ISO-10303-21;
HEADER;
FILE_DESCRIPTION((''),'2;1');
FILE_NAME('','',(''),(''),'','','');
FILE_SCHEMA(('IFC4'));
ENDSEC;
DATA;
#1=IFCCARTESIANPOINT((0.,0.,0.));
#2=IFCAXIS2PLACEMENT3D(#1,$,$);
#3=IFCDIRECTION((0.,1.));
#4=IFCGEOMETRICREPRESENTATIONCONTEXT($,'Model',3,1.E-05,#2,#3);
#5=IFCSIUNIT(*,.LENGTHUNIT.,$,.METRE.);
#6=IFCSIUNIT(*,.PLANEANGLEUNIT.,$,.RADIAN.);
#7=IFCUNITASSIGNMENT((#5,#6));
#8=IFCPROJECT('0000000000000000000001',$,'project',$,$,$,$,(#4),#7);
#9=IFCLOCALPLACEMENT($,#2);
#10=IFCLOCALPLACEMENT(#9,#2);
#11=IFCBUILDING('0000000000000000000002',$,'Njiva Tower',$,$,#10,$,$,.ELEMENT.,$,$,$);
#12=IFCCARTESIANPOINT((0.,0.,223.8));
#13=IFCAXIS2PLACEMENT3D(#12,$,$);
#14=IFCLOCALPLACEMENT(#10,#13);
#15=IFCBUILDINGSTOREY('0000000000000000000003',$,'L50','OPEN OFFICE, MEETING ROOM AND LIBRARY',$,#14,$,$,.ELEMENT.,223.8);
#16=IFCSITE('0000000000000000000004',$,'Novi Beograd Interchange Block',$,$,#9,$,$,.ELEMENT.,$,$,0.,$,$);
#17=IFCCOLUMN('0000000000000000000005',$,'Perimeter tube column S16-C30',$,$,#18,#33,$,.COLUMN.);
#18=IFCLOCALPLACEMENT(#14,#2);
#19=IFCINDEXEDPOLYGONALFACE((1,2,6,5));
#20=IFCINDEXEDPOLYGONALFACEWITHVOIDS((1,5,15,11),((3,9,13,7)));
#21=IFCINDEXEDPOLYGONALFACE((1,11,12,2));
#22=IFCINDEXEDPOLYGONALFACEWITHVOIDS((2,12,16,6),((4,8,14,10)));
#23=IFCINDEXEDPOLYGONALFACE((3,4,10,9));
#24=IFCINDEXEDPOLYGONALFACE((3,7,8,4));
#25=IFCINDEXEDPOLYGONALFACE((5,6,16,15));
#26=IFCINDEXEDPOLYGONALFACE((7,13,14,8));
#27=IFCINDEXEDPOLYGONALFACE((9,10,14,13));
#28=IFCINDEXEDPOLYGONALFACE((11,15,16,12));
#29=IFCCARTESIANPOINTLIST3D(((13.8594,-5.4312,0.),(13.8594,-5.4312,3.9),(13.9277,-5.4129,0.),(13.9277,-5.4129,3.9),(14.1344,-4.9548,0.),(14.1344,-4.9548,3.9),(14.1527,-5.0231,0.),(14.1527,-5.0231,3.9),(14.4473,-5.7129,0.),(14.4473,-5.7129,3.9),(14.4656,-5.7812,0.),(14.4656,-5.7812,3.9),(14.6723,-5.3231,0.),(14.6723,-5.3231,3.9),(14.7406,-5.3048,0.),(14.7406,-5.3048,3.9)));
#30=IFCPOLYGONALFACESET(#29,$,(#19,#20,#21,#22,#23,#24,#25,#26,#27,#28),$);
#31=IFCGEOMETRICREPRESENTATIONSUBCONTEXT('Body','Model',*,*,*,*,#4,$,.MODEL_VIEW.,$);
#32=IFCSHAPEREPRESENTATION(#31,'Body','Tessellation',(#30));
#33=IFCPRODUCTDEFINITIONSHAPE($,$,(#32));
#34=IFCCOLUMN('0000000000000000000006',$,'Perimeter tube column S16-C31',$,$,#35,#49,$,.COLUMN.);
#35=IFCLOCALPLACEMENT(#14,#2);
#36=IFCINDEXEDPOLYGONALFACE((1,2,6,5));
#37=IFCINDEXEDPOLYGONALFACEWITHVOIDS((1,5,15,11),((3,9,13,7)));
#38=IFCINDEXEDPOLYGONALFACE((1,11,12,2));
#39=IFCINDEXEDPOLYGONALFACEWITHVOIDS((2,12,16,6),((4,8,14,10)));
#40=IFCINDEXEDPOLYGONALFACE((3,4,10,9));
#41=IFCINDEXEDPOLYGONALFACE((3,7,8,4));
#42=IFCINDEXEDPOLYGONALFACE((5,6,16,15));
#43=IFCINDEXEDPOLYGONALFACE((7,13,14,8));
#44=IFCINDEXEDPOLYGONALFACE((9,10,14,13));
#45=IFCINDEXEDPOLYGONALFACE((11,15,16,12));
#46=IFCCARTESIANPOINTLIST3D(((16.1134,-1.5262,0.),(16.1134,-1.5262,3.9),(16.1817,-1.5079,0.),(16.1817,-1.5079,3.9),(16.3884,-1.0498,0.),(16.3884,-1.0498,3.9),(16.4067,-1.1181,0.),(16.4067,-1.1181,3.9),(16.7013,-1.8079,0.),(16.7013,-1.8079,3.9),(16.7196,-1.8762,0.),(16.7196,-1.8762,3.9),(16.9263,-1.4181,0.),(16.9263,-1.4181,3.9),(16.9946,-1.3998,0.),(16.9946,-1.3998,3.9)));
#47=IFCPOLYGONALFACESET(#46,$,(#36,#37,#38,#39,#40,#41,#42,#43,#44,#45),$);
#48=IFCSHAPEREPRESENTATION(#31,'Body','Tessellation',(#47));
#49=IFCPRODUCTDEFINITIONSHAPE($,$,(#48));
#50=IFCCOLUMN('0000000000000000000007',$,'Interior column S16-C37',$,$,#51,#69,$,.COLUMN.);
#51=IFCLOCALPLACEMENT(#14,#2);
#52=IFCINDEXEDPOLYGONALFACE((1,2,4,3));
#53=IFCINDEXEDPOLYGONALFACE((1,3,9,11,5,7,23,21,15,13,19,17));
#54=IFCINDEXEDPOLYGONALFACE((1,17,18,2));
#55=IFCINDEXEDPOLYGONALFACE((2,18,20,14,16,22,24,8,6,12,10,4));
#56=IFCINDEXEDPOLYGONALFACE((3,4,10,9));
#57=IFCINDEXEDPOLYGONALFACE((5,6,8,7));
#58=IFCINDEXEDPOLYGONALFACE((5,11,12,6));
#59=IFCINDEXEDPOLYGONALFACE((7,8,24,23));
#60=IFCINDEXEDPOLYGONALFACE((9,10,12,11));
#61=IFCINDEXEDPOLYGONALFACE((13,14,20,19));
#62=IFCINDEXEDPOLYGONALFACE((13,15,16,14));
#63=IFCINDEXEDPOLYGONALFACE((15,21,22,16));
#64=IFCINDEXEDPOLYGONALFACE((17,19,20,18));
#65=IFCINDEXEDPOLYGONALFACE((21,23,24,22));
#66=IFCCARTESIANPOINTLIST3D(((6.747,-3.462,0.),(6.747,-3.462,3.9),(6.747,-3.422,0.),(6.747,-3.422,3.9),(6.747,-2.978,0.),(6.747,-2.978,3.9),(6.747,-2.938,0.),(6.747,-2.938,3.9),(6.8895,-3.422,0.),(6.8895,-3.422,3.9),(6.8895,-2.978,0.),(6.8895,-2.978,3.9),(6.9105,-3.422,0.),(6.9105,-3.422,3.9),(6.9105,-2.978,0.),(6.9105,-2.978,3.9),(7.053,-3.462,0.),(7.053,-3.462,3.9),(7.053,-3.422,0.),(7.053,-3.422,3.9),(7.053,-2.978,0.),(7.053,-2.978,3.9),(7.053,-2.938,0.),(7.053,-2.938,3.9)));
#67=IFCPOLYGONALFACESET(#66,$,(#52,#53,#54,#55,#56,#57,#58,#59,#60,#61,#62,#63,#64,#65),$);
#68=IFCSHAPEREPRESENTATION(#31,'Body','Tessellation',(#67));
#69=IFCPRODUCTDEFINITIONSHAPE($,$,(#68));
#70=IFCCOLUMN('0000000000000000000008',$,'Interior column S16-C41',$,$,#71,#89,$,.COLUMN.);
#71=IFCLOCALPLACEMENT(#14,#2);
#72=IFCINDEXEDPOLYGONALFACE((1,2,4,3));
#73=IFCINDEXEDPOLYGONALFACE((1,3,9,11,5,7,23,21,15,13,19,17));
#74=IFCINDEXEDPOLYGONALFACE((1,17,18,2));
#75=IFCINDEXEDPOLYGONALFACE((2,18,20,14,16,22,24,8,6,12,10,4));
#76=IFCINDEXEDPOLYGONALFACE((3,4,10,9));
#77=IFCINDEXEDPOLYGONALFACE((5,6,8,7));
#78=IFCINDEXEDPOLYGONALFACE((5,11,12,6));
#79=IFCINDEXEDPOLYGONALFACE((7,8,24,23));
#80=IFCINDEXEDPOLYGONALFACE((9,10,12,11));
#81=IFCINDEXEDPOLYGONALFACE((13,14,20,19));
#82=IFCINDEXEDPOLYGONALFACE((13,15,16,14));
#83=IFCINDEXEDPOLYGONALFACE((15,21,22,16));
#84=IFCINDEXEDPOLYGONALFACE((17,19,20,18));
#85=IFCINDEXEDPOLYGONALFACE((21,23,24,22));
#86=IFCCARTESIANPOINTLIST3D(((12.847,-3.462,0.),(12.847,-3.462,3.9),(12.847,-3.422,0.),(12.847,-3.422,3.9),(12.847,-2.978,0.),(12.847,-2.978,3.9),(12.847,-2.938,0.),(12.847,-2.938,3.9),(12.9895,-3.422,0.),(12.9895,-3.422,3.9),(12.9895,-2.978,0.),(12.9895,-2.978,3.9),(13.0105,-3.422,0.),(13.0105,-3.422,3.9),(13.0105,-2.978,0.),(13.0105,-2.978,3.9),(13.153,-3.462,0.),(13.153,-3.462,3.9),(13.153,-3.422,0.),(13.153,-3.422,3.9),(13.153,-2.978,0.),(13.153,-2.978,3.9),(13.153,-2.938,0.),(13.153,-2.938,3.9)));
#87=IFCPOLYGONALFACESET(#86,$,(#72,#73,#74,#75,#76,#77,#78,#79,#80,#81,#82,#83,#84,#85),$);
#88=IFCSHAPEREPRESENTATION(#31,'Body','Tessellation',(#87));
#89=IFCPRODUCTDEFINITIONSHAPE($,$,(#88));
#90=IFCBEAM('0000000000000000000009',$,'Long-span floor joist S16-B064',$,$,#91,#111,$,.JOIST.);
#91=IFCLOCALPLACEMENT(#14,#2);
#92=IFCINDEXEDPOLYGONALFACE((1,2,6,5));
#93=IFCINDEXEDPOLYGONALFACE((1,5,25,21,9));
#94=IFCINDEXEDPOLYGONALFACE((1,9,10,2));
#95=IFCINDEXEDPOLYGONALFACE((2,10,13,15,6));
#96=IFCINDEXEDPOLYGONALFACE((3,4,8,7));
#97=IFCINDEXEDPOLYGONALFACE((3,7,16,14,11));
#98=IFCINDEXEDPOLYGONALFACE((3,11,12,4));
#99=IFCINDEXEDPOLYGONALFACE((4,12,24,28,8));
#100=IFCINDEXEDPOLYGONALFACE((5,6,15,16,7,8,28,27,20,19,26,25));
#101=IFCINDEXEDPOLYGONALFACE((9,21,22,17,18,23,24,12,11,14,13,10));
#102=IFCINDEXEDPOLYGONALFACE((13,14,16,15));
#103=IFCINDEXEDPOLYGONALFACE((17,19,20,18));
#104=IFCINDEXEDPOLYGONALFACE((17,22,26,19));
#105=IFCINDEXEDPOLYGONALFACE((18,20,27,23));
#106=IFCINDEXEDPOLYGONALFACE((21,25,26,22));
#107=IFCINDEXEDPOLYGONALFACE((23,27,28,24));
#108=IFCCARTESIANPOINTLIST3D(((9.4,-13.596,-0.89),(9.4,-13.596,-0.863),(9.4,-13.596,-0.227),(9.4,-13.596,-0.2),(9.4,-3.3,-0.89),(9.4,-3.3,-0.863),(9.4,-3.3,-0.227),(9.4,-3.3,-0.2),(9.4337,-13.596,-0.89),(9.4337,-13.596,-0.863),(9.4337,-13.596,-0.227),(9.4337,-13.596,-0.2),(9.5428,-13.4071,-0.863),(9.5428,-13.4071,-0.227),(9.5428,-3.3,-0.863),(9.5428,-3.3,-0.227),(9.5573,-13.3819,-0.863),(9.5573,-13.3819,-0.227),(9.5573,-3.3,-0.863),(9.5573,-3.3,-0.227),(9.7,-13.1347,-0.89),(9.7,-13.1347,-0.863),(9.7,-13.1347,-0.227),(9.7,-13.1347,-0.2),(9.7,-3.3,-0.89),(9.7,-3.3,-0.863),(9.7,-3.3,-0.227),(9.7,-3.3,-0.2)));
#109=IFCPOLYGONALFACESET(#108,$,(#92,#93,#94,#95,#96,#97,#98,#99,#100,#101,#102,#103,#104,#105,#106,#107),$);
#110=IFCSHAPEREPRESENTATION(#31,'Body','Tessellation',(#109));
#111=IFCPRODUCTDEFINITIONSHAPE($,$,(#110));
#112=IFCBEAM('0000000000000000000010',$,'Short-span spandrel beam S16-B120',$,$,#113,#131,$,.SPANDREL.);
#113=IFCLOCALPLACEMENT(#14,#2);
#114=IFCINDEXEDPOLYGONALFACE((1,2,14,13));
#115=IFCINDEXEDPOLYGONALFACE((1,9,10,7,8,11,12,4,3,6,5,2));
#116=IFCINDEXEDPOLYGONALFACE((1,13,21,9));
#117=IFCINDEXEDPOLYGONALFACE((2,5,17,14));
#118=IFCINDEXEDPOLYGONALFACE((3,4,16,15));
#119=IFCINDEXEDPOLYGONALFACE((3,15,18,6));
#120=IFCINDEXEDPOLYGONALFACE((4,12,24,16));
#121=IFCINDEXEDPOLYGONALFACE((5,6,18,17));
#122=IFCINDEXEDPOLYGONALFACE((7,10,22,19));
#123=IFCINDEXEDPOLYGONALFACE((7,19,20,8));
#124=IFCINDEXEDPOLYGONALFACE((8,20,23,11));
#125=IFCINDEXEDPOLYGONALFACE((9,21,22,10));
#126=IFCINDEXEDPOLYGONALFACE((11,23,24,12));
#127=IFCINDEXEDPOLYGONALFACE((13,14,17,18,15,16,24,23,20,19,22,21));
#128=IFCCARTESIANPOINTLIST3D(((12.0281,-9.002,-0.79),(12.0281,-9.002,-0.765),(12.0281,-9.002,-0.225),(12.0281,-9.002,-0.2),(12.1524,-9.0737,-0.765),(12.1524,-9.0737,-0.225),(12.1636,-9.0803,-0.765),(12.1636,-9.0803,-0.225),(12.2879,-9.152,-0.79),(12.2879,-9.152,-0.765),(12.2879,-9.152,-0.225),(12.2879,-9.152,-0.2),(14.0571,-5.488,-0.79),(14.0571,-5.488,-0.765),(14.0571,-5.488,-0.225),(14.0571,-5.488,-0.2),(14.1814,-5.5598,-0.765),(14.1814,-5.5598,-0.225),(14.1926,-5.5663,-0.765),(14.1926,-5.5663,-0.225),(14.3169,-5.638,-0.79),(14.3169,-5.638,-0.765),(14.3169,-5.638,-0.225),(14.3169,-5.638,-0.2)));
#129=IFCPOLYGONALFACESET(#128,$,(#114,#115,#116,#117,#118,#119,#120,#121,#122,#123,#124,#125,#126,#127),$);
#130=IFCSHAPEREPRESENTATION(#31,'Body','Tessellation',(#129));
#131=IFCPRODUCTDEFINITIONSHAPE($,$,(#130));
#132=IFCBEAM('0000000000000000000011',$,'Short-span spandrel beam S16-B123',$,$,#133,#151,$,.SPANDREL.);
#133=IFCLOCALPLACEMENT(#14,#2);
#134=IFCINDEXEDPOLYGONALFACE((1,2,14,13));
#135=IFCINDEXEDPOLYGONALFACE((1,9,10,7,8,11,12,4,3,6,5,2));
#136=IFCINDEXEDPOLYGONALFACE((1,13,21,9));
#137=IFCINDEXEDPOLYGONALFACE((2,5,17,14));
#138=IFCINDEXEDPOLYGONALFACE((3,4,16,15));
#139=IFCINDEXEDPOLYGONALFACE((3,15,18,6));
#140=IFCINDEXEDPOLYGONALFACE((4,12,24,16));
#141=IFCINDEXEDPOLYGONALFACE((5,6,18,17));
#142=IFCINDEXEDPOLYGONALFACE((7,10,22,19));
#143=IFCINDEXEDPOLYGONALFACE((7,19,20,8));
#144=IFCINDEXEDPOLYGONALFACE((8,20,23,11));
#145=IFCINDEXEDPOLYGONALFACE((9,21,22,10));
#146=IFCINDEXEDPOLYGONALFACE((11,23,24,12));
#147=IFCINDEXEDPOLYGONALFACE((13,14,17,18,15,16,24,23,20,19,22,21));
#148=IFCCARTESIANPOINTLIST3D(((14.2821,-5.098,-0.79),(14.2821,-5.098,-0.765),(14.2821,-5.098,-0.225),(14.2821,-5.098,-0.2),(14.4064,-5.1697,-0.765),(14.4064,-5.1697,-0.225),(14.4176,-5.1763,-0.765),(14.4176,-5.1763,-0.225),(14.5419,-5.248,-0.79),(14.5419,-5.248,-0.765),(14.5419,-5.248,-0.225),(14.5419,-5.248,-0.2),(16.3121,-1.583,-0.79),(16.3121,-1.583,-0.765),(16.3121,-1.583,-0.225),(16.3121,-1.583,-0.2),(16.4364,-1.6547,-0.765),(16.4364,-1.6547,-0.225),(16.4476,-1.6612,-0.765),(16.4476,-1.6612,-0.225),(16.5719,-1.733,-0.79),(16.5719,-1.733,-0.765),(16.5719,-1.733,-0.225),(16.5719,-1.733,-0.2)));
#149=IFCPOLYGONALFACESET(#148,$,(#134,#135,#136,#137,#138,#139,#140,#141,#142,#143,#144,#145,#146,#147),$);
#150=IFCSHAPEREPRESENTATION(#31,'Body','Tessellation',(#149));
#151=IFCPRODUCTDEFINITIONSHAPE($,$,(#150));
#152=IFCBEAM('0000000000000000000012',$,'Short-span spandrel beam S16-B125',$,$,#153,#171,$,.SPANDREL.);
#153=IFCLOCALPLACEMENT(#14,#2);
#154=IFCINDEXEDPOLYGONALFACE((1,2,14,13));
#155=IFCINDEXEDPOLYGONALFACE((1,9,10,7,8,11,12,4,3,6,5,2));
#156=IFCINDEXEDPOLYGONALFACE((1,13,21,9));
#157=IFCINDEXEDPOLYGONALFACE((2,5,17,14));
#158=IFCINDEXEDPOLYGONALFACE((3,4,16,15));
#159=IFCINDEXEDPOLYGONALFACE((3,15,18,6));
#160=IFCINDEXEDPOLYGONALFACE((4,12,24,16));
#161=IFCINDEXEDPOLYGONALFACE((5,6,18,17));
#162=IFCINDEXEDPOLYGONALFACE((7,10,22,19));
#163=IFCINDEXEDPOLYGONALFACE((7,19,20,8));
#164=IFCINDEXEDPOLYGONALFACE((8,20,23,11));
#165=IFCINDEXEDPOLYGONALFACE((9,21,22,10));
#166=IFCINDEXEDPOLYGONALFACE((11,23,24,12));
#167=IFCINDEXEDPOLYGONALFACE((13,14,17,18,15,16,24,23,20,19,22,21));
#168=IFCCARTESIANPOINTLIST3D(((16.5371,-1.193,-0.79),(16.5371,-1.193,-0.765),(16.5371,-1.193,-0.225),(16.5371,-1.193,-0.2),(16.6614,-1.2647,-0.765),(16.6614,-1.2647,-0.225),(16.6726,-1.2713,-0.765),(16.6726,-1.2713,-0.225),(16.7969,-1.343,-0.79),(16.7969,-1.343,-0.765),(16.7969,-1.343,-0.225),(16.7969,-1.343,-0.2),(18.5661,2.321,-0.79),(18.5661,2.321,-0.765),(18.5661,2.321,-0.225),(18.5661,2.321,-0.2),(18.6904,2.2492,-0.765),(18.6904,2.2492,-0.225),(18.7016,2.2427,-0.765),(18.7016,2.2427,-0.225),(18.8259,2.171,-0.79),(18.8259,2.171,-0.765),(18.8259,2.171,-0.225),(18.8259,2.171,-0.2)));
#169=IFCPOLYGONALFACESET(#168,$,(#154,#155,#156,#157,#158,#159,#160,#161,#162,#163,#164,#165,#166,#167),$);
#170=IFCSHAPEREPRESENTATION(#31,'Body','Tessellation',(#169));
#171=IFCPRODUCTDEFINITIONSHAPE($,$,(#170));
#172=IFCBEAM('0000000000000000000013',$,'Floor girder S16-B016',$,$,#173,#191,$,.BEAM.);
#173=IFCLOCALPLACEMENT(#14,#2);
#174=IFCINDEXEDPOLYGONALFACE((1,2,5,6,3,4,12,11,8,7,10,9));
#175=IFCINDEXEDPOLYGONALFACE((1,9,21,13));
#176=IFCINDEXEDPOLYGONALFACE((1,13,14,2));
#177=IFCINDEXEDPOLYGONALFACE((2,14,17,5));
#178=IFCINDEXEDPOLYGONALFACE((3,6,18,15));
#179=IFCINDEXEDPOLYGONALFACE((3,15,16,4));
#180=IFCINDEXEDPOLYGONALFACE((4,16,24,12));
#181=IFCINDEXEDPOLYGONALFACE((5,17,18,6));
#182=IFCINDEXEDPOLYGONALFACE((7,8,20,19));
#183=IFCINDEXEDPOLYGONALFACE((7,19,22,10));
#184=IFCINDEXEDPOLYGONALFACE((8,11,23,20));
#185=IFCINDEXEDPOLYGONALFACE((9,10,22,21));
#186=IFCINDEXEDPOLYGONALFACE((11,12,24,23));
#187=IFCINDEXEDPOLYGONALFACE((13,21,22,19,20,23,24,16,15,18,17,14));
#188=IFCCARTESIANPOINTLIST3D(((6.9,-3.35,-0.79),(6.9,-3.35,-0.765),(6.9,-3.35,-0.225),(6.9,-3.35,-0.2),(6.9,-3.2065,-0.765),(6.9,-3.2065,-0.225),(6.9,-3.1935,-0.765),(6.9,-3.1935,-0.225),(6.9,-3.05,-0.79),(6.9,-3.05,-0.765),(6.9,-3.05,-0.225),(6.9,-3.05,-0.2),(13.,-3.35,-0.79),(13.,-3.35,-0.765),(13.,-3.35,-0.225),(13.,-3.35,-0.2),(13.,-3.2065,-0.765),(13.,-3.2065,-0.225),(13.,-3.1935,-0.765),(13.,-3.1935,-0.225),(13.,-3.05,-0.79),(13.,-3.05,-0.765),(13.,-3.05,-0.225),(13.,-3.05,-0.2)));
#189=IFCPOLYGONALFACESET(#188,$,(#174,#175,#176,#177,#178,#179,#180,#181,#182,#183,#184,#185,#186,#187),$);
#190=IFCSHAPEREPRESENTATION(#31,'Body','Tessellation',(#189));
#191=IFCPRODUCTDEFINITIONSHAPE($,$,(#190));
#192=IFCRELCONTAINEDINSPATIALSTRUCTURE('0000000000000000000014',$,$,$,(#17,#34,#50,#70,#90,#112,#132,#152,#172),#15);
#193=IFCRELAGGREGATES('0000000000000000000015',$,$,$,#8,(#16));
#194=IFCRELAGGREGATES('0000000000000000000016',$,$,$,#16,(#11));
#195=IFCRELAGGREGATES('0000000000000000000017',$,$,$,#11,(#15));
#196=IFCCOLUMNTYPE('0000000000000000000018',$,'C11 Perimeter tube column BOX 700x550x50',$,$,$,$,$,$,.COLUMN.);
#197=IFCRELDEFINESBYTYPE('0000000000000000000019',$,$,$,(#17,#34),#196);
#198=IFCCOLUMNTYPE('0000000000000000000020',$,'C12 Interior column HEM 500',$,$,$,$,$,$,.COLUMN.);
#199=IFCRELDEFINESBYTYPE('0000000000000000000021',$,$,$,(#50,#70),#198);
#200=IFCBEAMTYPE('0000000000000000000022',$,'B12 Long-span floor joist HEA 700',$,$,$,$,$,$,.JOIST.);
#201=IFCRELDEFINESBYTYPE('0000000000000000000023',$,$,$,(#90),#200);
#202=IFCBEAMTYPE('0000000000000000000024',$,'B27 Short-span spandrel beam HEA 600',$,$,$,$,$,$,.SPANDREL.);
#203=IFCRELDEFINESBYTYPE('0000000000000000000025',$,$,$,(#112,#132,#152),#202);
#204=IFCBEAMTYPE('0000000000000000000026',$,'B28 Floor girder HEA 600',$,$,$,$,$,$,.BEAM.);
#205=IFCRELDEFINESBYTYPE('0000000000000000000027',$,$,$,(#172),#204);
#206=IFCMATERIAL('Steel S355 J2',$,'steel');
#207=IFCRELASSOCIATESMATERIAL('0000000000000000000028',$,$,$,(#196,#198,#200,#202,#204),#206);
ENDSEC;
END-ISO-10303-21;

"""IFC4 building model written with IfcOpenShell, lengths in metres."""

from ifc_helpers import new_model, si_unit, direction, frame, origin, origin_2d, place, context, subcontext, project, spatial, hollow_rectangle, i_section, extrude, clip, halfspace, material, material_profile, profile_set, type_object, element, save


model = new_model("IFC4")

# Units and contexts
model_context = context("Model", 3, precision=1e-05, world=origin(), true_north=direction((0.0, 1.0)))
body_context = subcontext(model_context, "Body", "Model", "MODEL_VIEW")
ifc_project = project(units=[si_unit("LENGTHUNIT", "METRE"), si_unit("PLANEANGLEUNIT", "RADIAN")], contexts=[model_context])

# Site, building, storey
site_placement = place(None, origin())
site = spatial("IfcSite", under=ifc_project, at=site_placement, Name="Novi Beograd Interchange Block", CompositionType="ELEMENT", RefElevation=0.0)
building_placement = place(site_placement, origin())
building = spatial("IfcBuilding", under=site, at=building_placement, Name="Njiva Tower", CompositionType="ELEMENT")
storey_placement = place(building_placement, frame((0.0, 0.0, 223.8)))
storey = spatial("IfcBuildingStorey", under=building, at=storey_placement, Name="L50", Description="OPEN OFFICE, MEETING ROOM AND LIBRARY", CompositionType="ELEMENT", Elevation=223.8)

# Columns
ifc_material_1 = material(Name="Steel S355 J2", Category="steel")
ifc_material_profile_1 = material_profile(ifc_material_1, hollow_rectangle(XDim=0.55, YDim=0.7, WallThickness=0.05, at=origin_2d()), Name="BOX 700x550x50")
ifc_profile_set_1 = profile_set([ifc_material_profile_1], Name="Steel S355 J2")
column_type_1 = type_object("IfcColumnType", Name="C11 Perimeter tube column BOX 700x550x50", PredefinedType="COLUMN", material=ifc_profile_set_1)
for number, where, z_axis, x_axis, name in (
    (1, (14.3, -5.368, 0.0), (0.0, 0.0, 1.0), (0.5, 0.866025, 0.0), "Perimeter tube column S16-C30"),
    (2, (16.554, -1.463, 0.0), (0.0, 0.0, 1.0), (0.5, 0.866025, 0.0), "Perimeter tube column S16-C31"),
):
    element("IfcColumn", number, at=place(storey_placement, frame(where, z_axis=z_axis, x_axis=x_axis)), inside=storey, type_object=column_type_1, Name=name, PredefinedType="COLUMN", context=body_context, shape_type="SweptSolid", body=[
        extrude(hollow_rectangle(XDim=0.55, YDim=0.7, WallThickness=0.05, at=origin_2d()), origin(), (0.0, 0.0, 1.0), 3.9),
    ])
ifc_material_profile_2 = material_profile(ifc_material_1, i_section(OverallWidth=0.306, OverallDepth=0.524, WebThickness=0.021, FlangeThickness=0.04, at=origin_2d()), Name="HEM 500")
ifc_profile_set_2 = profile_set([ifc_material_profile_2], Name="Steel S355 J2")
column_type_2 = type_object("IfcColumnType", Name="C12 Interior column HEM 500", PredefinedType="COLUMN", material=ifc_profile_set_2)
for number, where, z_axis, x_axis, name in (
    (3, (6.9, -3.2, 0.0), (0.0, 0.0, 1.0), (1.0, 0.0, 0.0), "Interior column S16-C37"),
    (4, (13.0, -3.2, 0.0), (0.0, 0.0, 1.0), (1.0, 0.0, 0.0), "Interior column S16-C41"),
):
    element("IfcColumn", number, at=place(storey_placement, frame(where, z_axis=z_axis, x_axis=x_axis)), inside=storey, type_object=column_type_2, Name=name, PredefinedType="COLUMN", context=body_context, shape_type="SweptSolid", body=[
        extrude(i_section(OverallWidth=0.306, OverallDepth=0.524, WebThickness=0.021, FlangeThickness=0.04, at=origin_2d()), origin(), (0.0, 0.0, 1.0), 3.9),
    ])

# Beams
ifc_material_profile_3 = material_profile(ifc_material_1, i_section(OverallWidth=0.3, OverallDepth=0.69, WebThickness=0.0145, FlangeThickness=0.027, at=origin_2d()), Name="HEA 700")
ifc_profile_set_3 = profile_set([ifc_material_profile_3], Name="Steel S355 J2")
beam_type_1 = type_object("IfcBeamType", Name="B12 Long-span floor joist HEA 700", PredefinedType="JOIST", material=ifc_profile_set_3)
beam_1_placement = place(storey_placement, frame((9.55, -3.3, -0.545), z_axis=(0.0, -1.0, 0.0), x_axis=(1.0, 0.0, 0.0)))
element("IfcBeam", 5, at=beam_1_placement, inside=storey, type_object=beam_type_1, Name="Long-span floor joist S16-B064", PredefinedType="JOIST", context=body_context, shape_type="Clipping", body=[
    clip(extrude(i_section(OverallWidth=0.3, OverallDepth=0.69, WebThickness=0.0145, FlangeThickness=0.027, at=origin_2d()), origin(), (0.0, 0.0, 1.0), 10.296), halfspace(frame((0.0433, 0.0, 10.0195), z_axis=(0.866027, 0.0, 0.499998), x_axis=(0.0, 1.0, 0.0)), False)),
])
ifc_material_profile_4 = material_profile(ifc_material_1, i_section(OverallWidth=0.3, OverallDepth=0.59, WebThickness=0.013, FlangeThickness=0.025, at=origin_2d()), Name="HEA 600")
ifc_profile_set_4 = profile_set([ifc_material_profile_4], Name="Steel S355 J2")
beam_type_2 = type_object("IfcBeamType", Name="B27 Short-span spandrel beam HEA 600", PredefinedType="SPANDREL", material=ifc_profile_set_4)
beam_2_placement = place(storey_placement, frame((12.158, -9.077, -0.495), z_axis=(0.500035, 0.866005, 0.0), x_axis=(-0.866005, 0.500035, 0.0)))
element("IfcBeam", 6, at=beam_2_placement, inside=storey, type_object=beam_type_2, Name="Short-span spandrel beam S16-B120", PredefinedType="SPANDREL", context=body_context, shape_type="SweptSolid", body=[
    extrude(i_section(OverallWidth=0.3, OverallDepth=0.59, WebThickness=0.013, FlangeThickness=0.025, at=origin_2d()), origin(), (0.0, 0.0, 1.0), 4.0577),
])
beam_3_placement = place(storey_placement, frame((14.412, -5.173, -0.495), z_axis=(0.500113, 0.86596, 0.0), x_axis=(-0.86596, 0.500113, 0.0)))
element("IfcBeam", 7, at=beam_3_placement, inside=storey, type_object=beam_type_2, Name="Short-span spandrel beam S16-B123", PredefinedType="SPANDREL", context=body_context, shape_type="SweptSolid", body=[
    extrude(i_section(OverallWidth=0.3, OverallDepth=0.59, WebThickness=0.013, FlangeThickness=0.025, at=origin_2d()), origin(), (0.0, 0.0, 1.0), 4.0591),
])
beam_4_placement = place(storey_placement, frame((16.667, -1.268, -0.495), z_axis=(0.500035, 0.866005, 0.0), x_axis=(-0.866005, 0.500035, 0.0)))
element("IfcBeam", 8, at=beam_4_placement, inside=storey, type_object=beam_type_2, Name="Short-span spandrel beam S16-B125", PredefinedType="SPANDREL", context=body_context, shape_type="SweptSolid", body=[
    extrude(i_section(OverallWidth=0.3, OverallDepth=0.59, WebThickness=0.013, FlangeThickness=0.025, at=origin_2d()), origin(), (0.0, 0.0, 1.0), 4.0577),
])
ifc_material_profile_5 = material_profile(ifc_material_1, i_section(OverallWidth=0.3, OverallDepth=0.59, WebThickness=0.013, FlangeThickness=0.025, at=origin_2d()), Name="HEA 600")
ifc_profile_set_5 = profile_set([ifc_material_profile_5], Name="Steel S355 J2")
beam_type_3 = type_object("IfcBeamType", Name="B28 Floor girder HEA 600", PredefinedType="BEAM", material=ifc_profile_set_5)
beam_5_placement = place(storey_placement, frame((6.9, -3.2, -0.495), z_axis=(1.0, 0.0, 0.0), x_axis=(0.0, 1.0, 0.0)))
element("IfcBeam", 9, at=beam_5_placement, inside=storey, type_object=beam_type_3, Name="Floor girder S16-B016", PredefinedType="BEAM", context=body_context, shape_type="SweptSolid", body=[
    extrude(i_section(OverallWidth=0.3, OverallDepth=0.59, WebThickness=0.013, FlangeThickness=0.025, at=origin_2d()), origin(), (0.0, 0.0, 1.0), 6.1),
])

save(model, "model.ifc")
